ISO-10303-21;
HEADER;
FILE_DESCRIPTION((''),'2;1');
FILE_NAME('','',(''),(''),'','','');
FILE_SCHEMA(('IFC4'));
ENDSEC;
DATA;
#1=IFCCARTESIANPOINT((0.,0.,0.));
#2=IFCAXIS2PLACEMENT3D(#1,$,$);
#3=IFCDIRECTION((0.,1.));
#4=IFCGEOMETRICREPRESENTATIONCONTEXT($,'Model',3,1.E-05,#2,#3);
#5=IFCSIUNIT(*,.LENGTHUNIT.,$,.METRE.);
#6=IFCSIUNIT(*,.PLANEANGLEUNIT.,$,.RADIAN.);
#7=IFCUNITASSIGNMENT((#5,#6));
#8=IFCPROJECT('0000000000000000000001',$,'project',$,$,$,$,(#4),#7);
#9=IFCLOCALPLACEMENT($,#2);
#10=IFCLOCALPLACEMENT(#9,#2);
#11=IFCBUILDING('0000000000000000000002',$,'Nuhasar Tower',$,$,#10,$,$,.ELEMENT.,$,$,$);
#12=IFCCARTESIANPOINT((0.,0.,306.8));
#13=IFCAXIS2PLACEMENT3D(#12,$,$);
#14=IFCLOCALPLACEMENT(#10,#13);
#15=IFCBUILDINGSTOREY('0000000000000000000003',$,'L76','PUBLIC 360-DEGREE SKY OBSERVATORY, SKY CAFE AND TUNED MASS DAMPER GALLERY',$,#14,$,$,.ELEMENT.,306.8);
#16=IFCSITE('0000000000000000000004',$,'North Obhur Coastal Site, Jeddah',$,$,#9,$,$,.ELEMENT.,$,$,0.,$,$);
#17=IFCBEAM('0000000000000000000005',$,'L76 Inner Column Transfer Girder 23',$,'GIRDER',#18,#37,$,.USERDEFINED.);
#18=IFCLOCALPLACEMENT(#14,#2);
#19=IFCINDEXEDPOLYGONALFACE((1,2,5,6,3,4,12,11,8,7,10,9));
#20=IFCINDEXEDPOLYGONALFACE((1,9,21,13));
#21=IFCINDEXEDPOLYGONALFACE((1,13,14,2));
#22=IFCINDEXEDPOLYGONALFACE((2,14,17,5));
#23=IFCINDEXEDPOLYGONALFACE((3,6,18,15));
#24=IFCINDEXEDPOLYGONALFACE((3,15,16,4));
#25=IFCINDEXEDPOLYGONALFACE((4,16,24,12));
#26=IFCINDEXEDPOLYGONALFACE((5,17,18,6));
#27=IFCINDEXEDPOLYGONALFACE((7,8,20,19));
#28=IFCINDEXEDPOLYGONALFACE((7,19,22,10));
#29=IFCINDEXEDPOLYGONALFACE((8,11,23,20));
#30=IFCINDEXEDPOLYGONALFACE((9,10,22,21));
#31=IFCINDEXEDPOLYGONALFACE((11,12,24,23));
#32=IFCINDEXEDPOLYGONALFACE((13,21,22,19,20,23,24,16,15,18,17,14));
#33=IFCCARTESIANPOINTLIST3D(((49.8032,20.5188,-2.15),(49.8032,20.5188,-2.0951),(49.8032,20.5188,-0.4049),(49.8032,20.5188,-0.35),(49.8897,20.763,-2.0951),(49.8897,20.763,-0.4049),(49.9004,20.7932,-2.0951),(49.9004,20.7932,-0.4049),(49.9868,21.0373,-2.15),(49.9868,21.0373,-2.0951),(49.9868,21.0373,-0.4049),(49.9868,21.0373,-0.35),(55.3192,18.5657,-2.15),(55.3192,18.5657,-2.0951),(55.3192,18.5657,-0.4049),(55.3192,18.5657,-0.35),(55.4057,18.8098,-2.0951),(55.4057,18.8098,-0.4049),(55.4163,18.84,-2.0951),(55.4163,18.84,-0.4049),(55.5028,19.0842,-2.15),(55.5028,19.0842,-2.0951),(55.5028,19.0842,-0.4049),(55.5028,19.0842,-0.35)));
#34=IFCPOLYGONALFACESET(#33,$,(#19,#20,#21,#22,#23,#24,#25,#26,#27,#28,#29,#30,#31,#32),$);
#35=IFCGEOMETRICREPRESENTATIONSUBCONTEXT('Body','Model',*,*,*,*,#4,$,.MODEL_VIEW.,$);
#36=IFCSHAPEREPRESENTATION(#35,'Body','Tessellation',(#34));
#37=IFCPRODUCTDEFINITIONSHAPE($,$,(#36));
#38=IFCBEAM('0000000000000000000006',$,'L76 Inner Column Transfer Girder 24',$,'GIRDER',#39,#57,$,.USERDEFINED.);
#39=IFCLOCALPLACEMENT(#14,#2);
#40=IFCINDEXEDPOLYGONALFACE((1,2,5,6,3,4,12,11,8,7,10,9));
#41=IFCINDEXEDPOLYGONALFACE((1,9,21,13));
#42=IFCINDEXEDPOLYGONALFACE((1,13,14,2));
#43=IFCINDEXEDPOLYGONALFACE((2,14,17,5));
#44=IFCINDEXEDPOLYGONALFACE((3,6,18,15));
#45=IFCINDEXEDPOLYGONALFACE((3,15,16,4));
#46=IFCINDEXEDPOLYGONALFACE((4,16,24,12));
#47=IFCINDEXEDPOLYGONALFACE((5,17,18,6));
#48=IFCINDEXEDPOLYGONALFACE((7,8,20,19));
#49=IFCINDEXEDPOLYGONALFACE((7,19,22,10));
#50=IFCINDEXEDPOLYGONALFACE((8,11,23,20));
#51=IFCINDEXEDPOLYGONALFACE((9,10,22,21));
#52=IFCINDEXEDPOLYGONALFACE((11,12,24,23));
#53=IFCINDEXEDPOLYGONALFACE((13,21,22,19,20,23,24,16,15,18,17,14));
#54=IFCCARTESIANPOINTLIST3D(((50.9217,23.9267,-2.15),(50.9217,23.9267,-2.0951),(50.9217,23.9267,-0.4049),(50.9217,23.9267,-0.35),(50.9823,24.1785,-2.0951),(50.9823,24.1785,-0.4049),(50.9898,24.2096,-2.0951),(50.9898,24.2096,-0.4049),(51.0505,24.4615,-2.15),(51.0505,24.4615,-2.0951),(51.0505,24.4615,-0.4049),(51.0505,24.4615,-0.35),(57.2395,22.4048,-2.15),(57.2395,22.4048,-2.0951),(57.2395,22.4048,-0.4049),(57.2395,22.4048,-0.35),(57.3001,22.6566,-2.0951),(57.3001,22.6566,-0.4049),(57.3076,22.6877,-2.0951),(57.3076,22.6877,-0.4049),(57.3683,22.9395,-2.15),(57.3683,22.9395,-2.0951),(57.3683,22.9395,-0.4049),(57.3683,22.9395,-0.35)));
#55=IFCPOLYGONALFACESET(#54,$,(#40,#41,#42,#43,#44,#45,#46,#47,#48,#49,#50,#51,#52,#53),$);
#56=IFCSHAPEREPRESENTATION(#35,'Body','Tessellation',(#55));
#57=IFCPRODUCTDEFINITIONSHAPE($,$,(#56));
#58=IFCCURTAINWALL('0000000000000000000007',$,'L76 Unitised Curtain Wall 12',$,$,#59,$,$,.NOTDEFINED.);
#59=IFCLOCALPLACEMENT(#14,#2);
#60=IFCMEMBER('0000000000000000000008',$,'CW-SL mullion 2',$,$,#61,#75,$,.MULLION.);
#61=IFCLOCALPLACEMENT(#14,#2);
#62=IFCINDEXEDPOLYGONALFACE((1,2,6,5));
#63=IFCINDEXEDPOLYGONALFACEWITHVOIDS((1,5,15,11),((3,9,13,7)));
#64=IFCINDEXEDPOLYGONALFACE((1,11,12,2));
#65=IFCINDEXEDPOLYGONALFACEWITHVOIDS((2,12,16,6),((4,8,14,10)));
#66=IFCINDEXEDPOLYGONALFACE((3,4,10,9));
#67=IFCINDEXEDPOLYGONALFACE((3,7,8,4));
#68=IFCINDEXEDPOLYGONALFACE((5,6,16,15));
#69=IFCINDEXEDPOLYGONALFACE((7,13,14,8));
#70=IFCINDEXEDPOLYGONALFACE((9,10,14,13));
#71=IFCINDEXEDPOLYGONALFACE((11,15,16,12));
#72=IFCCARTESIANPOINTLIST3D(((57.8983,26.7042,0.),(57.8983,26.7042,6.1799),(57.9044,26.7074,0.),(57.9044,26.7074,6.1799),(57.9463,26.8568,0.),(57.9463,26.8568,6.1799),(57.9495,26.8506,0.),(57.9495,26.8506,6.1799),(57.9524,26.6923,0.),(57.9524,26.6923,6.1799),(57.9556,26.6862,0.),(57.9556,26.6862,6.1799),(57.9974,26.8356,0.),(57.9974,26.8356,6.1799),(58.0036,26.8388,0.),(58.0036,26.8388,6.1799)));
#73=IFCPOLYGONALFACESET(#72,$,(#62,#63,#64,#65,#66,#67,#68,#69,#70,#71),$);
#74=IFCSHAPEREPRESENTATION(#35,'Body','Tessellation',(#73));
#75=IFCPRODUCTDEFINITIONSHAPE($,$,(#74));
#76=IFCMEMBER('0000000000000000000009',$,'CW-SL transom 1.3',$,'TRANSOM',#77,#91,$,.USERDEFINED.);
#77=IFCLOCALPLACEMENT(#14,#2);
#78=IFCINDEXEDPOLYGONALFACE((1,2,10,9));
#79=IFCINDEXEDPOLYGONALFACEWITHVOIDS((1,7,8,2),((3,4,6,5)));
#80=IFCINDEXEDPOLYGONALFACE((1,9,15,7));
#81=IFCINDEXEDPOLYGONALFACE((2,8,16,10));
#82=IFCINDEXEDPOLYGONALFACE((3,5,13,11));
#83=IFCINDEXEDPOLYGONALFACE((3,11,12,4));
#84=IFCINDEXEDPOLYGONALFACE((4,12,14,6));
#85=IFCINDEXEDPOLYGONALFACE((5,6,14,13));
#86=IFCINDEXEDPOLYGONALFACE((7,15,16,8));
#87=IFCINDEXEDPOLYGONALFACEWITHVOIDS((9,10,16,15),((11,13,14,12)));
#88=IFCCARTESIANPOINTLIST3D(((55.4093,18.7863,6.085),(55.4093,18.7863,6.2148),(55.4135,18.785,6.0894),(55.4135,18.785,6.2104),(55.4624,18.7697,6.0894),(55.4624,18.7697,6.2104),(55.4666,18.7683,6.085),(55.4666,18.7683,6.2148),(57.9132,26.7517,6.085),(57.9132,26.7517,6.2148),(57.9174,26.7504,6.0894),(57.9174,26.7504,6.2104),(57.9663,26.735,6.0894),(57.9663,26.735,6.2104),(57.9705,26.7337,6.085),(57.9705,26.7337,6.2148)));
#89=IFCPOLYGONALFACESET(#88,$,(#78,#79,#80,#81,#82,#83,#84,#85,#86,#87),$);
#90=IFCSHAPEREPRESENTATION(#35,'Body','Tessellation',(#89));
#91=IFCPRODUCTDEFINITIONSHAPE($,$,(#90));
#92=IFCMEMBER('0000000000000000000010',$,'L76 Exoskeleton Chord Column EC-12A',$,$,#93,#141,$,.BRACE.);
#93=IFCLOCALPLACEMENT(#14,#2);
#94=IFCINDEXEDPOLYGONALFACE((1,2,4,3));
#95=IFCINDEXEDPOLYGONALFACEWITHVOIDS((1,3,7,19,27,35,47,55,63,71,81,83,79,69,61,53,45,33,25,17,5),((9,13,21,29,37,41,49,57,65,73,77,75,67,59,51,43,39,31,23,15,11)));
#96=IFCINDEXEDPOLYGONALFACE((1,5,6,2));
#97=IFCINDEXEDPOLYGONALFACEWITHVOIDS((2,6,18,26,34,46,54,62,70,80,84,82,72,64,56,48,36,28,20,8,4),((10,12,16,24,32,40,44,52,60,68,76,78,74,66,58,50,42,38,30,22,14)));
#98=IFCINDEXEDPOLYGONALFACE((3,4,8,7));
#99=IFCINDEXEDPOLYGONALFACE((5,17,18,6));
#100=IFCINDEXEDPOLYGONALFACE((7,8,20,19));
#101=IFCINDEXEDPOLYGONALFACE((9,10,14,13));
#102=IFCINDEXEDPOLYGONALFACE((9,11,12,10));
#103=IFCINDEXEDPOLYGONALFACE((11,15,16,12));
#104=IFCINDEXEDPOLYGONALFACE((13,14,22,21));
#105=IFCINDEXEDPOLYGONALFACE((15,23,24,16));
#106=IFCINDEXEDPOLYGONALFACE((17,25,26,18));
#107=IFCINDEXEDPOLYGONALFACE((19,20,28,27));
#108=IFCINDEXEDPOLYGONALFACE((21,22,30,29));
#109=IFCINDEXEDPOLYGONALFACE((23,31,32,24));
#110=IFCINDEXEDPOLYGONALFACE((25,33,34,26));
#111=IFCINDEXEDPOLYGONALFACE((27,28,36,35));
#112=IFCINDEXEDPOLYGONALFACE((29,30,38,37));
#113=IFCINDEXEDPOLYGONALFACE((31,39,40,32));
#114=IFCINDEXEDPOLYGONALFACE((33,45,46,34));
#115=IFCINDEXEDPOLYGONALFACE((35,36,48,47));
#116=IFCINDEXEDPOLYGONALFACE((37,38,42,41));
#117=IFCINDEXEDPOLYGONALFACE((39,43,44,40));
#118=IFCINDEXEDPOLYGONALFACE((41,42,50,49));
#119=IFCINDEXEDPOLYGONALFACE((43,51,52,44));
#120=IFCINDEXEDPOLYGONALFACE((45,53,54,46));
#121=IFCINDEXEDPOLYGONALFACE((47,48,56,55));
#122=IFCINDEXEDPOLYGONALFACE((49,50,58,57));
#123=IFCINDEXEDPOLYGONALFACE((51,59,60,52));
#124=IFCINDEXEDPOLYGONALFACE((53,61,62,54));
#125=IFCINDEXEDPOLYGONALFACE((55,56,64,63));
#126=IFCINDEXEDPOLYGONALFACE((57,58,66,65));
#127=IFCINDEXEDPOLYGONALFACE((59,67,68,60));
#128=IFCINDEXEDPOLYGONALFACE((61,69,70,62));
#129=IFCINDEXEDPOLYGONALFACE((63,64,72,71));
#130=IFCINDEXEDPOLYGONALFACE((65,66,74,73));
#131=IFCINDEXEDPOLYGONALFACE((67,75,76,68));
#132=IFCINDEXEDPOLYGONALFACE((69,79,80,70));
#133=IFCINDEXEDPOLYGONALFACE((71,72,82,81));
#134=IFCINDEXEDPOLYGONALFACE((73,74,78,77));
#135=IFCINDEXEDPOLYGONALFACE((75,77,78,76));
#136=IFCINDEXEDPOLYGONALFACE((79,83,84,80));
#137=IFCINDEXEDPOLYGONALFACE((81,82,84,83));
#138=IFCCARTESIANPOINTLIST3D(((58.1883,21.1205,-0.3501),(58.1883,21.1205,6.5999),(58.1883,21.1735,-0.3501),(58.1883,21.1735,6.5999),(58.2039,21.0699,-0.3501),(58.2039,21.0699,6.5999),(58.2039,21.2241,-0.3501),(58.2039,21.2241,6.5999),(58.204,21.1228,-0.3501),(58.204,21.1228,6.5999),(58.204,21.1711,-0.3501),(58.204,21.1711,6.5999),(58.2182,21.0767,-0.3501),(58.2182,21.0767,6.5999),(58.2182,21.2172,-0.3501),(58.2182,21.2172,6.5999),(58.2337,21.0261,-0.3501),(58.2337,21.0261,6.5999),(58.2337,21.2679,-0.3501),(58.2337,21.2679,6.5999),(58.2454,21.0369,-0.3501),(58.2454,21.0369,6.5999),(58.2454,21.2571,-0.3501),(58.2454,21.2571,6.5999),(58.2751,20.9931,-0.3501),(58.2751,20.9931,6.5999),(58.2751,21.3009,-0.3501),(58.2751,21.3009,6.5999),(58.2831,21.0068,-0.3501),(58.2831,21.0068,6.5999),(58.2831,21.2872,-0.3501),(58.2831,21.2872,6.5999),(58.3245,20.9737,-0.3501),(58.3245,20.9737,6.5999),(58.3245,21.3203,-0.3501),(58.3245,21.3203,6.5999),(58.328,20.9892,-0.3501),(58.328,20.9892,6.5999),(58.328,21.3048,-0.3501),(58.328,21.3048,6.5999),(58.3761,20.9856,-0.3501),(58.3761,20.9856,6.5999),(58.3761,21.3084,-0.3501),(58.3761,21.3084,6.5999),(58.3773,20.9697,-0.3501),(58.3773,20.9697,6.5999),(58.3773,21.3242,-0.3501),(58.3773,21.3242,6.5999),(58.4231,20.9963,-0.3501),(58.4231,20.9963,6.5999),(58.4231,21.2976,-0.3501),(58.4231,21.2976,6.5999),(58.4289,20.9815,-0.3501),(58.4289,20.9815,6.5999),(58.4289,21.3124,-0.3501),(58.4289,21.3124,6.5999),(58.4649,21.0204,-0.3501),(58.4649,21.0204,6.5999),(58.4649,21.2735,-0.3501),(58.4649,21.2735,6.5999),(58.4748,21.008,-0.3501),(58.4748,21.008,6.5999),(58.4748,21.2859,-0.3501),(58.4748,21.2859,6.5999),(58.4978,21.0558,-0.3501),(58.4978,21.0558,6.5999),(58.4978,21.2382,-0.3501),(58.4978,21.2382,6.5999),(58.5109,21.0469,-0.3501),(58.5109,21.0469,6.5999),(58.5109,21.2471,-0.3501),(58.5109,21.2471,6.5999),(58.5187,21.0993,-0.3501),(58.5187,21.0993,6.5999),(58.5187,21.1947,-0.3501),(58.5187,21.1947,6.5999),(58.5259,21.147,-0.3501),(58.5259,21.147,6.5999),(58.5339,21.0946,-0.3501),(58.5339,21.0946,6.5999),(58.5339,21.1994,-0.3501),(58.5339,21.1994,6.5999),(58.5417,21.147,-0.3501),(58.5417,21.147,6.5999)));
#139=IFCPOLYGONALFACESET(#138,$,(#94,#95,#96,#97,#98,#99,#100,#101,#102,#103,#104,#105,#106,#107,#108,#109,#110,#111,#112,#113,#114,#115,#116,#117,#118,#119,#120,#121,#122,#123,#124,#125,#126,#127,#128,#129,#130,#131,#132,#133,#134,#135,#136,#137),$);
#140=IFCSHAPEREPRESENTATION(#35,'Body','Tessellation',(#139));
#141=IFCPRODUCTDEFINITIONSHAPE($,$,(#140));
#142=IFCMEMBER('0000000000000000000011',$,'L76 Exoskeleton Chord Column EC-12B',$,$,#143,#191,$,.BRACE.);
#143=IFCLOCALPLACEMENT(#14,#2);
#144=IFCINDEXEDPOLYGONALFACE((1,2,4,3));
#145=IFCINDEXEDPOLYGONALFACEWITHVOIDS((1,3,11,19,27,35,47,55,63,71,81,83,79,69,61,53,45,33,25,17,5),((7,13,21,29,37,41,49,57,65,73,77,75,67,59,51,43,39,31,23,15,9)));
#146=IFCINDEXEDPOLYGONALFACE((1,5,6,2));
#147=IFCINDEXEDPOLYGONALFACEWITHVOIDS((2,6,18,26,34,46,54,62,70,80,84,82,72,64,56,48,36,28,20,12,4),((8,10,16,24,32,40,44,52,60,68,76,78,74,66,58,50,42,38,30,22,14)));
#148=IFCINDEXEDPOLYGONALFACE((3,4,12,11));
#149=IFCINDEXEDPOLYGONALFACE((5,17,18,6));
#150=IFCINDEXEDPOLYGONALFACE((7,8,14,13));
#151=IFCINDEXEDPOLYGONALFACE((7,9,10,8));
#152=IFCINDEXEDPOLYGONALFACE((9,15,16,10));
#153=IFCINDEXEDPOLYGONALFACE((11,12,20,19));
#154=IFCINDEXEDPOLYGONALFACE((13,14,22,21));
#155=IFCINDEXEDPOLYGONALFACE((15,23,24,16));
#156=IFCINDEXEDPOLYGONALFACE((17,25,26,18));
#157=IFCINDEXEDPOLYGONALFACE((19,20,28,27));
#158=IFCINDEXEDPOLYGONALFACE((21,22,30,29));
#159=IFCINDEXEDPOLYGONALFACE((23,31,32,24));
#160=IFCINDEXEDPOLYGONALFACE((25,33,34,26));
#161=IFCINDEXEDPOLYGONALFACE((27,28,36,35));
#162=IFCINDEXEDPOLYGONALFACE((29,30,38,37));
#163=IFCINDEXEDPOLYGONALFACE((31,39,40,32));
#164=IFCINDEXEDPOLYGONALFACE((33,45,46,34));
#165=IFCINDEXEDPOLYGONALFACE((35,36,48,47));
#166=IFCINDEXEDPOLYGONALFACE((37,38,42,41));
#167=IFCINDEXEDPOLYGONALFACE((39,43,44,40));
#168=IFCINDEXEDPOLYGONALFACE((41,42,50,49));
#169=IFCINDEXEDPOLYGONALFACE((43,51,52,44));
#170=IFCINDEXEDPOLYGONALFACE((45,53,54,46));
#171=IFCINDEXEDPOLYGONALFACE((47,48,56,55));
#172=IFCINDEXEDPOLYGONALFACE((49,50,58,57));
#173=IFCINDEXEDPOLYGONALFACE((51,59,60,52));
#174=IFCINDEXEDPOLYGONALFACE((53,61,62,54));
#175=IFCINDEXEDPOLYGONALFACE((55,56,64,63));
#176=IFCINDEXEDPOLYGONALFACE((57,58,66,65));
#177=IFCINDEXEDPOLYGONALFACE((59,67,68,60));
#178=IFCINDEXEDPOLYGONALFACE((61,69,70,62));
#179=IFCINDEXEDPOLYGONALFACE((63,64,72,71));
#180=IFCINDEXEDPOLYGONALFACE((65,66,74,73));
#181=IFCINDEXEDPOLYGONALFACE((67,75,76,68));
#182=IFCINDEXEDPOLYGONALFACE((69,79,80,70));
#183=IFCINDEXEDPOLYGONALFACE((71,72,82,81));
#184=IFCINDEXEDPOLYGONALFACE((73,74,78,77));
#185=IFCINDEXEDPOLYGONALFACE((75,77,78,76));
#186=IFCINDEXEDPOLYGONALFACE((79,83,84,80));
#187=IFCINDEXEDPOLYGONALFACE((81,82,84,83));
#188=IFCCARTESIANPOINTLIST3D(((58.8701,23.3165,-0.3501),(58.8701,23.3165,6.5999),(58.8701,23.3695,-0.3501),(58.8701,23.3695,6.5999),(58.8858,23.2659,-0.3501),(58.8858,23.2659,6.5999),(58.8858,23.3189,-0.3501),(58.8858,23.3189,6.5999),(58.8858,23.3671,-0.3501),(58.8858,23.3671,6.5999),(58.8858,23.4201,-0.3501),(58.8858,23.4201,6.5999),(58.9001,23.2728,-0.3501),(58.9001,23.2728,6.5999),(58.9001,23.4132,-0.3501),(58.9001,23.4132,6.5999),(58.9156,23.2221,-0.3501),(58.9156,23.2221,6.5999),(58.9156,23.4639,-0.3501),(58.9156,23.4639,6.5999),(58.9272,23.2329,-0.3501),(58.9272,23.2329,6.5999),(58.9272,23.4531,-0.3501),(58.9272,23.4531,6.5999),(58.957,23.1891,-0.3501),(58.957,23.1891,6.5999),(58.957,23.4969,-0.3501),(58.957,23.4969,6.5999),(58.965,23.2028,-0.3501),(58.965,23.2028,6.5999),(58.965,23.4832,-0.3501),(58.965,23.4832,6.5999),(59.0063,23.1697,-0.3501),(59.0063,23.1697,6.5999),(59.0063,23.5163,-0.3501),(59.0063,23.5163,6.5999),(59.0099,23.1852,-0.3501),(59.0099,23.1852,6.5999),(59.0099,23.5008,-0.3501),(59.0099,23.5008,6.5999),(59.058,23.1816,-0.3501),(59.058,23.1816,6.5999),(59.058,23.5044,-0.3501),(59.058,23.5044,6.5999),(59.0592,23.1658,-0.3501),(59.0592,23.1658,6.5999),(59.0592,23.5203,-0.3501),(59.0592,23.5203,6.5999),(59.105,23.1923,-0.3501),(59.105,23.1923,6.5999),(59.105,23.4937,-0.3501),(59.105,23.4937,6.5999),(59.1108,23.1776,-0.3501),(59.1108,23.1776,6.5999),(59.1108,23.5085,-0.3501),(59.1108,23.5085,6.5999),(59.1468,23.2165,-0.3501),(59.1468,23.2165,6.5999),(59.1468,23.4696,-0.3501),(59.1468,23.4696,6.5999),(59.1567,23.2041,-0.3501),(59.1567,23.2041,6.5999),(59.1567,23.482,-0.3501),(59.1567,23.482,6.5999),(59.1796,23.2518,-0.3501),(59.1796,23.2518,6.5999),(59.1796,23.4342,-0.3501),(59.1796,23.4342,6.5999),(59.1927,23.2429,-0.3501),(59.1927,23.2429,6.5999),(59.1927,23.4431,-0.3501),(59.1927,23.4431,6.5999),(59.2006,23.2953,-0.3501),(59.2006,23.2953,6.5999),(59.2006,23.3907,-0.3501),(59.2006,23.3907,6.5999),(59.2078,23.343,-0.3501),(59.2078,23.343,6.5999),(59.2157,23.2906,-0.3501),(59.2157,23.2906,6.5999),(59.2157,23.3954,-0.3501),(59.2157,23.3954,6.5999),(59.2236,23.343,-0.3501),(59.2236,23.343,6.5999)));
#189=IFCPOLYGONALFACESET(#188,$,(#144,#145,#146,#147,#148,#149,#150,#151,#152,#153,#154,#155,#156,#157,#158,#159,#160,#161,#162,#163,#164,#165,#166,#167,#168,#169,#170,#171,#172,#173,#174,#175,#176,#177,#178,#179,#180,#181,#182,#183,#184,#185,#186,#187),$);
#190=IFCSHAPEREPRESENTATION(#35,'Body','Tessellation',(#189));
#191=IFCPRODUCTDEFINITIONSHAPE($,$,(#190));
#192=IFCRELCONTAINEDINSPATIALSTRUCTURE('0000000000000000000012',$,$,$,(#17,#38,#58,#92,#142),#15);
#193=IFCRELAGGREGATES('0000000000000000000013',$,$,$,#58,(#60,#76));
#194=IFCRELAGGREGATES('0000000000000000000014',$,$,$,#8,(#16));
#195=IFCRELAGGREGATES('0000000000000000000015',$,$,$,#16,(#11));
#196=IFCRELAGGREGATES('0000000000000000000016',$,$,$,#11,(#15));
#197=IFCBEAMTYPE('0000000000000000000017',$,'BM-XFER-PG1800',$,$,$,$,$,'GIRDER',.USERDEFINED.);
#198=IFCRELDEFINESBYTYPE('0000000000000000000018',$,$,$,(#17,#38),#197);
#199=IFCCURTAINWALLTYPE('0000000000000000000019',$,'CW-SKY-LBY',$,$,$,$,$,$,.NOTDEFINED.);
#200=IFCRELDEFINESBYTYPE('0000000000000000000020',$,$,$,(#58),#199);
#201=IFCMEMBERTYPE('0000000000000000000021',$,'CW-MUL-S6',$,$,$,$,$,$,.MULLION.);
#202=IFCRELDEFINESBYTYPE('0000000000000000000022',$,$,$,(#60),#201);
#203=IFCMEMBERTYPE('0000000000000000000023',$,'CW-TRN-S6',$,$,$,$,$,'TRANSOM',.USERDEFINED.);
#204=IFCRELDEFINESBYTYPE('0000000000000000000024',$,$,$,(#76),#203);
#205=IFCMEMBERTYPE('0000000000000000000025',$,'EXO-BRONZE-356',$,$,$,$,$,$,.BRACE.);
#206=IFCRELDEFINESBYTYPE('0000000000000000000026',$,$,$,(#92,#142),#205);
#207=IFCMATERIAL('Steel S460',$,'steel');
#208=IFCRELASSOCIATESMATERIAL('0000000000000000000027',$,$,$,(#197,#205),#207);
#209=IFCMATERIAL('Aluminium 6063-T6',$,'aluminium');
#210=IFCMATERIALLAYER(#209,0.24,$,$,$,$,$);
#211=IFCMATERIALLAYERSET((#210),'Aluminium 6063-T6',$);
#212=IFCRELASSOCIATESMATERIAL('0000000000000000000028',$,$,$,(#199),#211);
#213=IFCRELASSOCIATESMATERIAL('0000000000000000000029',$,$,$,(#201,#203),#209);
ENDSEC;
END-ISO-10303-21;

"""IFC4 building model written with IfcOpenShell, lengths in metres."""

from ifc_helpers import new_model, si_unit, direction, frame, origin, origin_2d, place, context, subcontext, project, spatial, hollow_rectangle, hollow_circle, i_section, extrude, material, layer, layer_set, material_profile, profile_set, type_object, element, aggregate, save


model = new_model("IFC4")

# Units and contexts
model_context = context("Model", 3, precision=1e-05, world=origin(), true_north=direction((0.0, 1.0)))
body_context = subcontext(model_context, "Body", "Model", "MODEL_VIEW")
ifc_project = project(units=[si_unit("LENGTHUNIT", "METRE"), si_unit("PLANEANGLEUNIT", "RADIAN")], contexts=[model_context])

# Site, building, storey
site_placement = place(None, origin())
site = spatial("IfcSite", under=ifc_project, at=site_placement, Name="North Obhur Coastal Site, Jeddah", CompositionType="ELEMENT", RefElevation=0.0)
building_placement = place(site_placement, origin())
building = spatial("IfcBuilding", under=site, at=building_placement, Name="Nuhasar Tower", CompositionType="ELEMENT")
storey_placement = place(building_placement, frame((0.0, 0.0, 306.8)))
storey = spatial("IfcBuildingStorey", under=building, at=storey_placement, Name="L76", Description="PUBLIC 360-DEGREE SKY OBSERVATORY, SKY CAFE AND TUNED MASS DAMPER GALLERY", CompositionType="ELEMENT", Elevation=306.8)

# Beams
ifc_material_1 = material(Name="Steel S460", Category="steel")
ifc_material_profile_1 = material_profile(ifc_material_1, i_section(OverallWidth=0.55, OverallDepth=1.8, WebThickness=0.032, FlangeThickness=0.0549, at=origin_2d()), Name="PG1800X550")
ifc_profile_set_1 = profile_set([ifc_material_profile_1], Name="Steel S460")
beam_type_1 = type_object("IfcBeamType", Name="BM-XFER-PG1800", ElementType="GIRDER", PredefinedType="USERDEFINED", material=ifc_profile_set_1)
beam_1_placement = place(storey_placement, frame((49.895, 20.7781, -1.25), z_axis=(0.942649, -0.333785, 0.0), x_axis=(0.333785, 0.942649, 0.0)))
element("IfcBeam", 1, at=beam_1_placement, inside=storey, type_object=beam_type_1, Name="L76 Inner Column Transfer Girder 23", ObjectType="GIRDER", PredefinedType="USERDEFINED", context=body_context, shape_type="SweptSolid", body=[
    extrude(i_section(OverallWidth=0.55, OverallDepth=1.8, WebThickness=0.032, FlangeThickness=0.0549, at=origin_2d()), origin(), (0.0, 0.0, 1.0), 5.8516),
])
beam_2_placement = place(storey_placement, frame((50.9861, 24.1941, -1.25), z_axis=(0.972188, -0.2342, 0.0), x_axis=(0.2342, 0.972188, 0.0)))
element("IfcBeam", 2, at=beam_2_placement, inside=storey, type_object=beam_type_1, Name="L76 Inner Column Transfer Girder 24", ObjectType="GIRDER", PredefinedType="USERDEFINED", context=body_context, shape_type="SweptSolid", body=[
    extrude(i_section(OverallWidth=0.55, OverallDepth=1.8, WebThickness=0.032, FlangeThickness=0.0549, at=origin_2d()), origin(), (0.0, 0.0, 1.0), 6.4985),
])

# Curtain wall, members
ifc_material_2 = material(Name="Aluminium 6063-T6", Category="aluminium")
ifc_layer_1 = layer(ifc_material_2, 0.24)
ifc_layer_set_1 = layer_set([ifc_layer_1], Name="Aluminium 6063-T6")
curtain_wall_type = type_object("IfcCurtainWallType", Name="CW-SKY-LBY", PredefinedType="NOTDEFINED", material=ifc_layer_set_1)
curtain_wall_placement = place(storey_placement, origin())
curtain_wall = element("IfcCurtainWall", 3, at=curtain_wall_placement, inside=storey, type_object=curtain_wall_type, Name="L76 Unitised Curtain Wall 12", PredefinedType="NOTDEFINED")
ifc_material_profile_2 = material_profile(ifc_material_2, hollow_rectangle(XDim=0.0601, YDim=0.1599, WallThickness=0.0049, at=origin_2d()), Name="CWM-6")
ifc_profile_set_2 = profile_set([ifc_material_profile_2], Name="Aluminium 6063-T6")
member_type_1 = type_object("IfcMemberType", Name="CW-MUL-S6", PredefinedType="MULLION", material=ifc_profile_set_2)
member_1_placement = place(storey_placement, frame((57.9509, 26.7715, 0.0), z_axis=(0.0, 0.0, 1.0), x_axis=(-0.953974, 0.299888, 0.0)))
member_1 = element("IfcMember", 4, at=member_1_placement, type_object=member_type_1, Name="CW-SL mullion 2", PredefinedType="MULLION", context=body_context, shape_type="SweptSolid", body=[
    extrude(hollow_rectangle(XDim=0.0601, YDim=0.1599, WallThickness=0.0049, at=origin_2d()), origin(), (0.0, 0.0, 1.0), 6.1799),
])
ifc_material_profile_3 = material_profile(ifc_material_2, hollow_rectangle(XDim=0.0601, YDim=0.1299, WallThickness=0.0044, at=origin_2d()), Name="CWT-6")
ifc_profile_set_3 = profile_set([ifc_material_profile_3], Name="Aluminium 6063-T6")
member_type_2 = type_object("IfcMemberType", Name="CW-TRN-S6", ElementType="TRANSOM", PredefinedType="USERDEFINED", material=ifc_profile_set_3)
member_2_placement = place(storey_placement, frame((55.438, 18.7773, 6.1499), z_axis=(0.299883, 0.953976, 0.0), x_axis=(-0.953976, 0.299883, 0.0)))
member_2 = element("IfcMember", 5, at=member_2_placement, type_object=member_type_2, Name="CW-SL transom 1.3", ObjectType="TRANSOM", PredefinedType="USERDEFINED", context=body_context, shape_type="SweptSolid", body=[
    extrude(hollow_rectangle(XDim=0.0601, YDim=0.1299, WallThickness=0.0044, at=origin_2d()), origin(), (0.0, 0.0, 1.0), 8.3496),
])

# Members
ifc_material_profile_4 = material_profile(ifc_material_1, hollow_circle(Radius=0.1777, WallThickness=0.0159, at=origin_2d()), Name="HSS355.6X15.9")
ifc_profile_set_4 = profile_set([ifc_material_profile_4], Name="Steel S460")
member_type_3 = type_object("IfcMemberType", Name="EXO-BRONZE-356", PredefinedType="BRACE", material=ifc_profile_set_4)
for number, where, z_axis, x_axis, name in (
    (6, (58.364, 21.147, -0.3501), (0.0, 0.0, 1.0), (1.0, 0.0, 0.0), "L76 Exoskeleton Chord Column EC-12A"),
    (7, (59.0459, 23.343, -0.3501), (0.0, 0.0, 1.0), (1.0, 0.0, 0.0), "L76 Exoskeleton Chord Column EC-12B"),
):
    element("IfcMember", number, at=place(storey_placement, frame(where, z_axis=z_axis, x_axis=x_axis)), inside=storey, type_object=member_type_3, Name=name, PredefinedType="BRACE", context=body_context, shape_type="SweptSolid", body=[
        extrude(hollow_circle(Radius=0.1777, WallThickness=0.0159, at=origin_2d()), origin(), (0.0, 0.0, 1.0), 6.95),
    ])

aggregate(curtain_wall, [member_1, member_2])

save(model, "model.ifc")
